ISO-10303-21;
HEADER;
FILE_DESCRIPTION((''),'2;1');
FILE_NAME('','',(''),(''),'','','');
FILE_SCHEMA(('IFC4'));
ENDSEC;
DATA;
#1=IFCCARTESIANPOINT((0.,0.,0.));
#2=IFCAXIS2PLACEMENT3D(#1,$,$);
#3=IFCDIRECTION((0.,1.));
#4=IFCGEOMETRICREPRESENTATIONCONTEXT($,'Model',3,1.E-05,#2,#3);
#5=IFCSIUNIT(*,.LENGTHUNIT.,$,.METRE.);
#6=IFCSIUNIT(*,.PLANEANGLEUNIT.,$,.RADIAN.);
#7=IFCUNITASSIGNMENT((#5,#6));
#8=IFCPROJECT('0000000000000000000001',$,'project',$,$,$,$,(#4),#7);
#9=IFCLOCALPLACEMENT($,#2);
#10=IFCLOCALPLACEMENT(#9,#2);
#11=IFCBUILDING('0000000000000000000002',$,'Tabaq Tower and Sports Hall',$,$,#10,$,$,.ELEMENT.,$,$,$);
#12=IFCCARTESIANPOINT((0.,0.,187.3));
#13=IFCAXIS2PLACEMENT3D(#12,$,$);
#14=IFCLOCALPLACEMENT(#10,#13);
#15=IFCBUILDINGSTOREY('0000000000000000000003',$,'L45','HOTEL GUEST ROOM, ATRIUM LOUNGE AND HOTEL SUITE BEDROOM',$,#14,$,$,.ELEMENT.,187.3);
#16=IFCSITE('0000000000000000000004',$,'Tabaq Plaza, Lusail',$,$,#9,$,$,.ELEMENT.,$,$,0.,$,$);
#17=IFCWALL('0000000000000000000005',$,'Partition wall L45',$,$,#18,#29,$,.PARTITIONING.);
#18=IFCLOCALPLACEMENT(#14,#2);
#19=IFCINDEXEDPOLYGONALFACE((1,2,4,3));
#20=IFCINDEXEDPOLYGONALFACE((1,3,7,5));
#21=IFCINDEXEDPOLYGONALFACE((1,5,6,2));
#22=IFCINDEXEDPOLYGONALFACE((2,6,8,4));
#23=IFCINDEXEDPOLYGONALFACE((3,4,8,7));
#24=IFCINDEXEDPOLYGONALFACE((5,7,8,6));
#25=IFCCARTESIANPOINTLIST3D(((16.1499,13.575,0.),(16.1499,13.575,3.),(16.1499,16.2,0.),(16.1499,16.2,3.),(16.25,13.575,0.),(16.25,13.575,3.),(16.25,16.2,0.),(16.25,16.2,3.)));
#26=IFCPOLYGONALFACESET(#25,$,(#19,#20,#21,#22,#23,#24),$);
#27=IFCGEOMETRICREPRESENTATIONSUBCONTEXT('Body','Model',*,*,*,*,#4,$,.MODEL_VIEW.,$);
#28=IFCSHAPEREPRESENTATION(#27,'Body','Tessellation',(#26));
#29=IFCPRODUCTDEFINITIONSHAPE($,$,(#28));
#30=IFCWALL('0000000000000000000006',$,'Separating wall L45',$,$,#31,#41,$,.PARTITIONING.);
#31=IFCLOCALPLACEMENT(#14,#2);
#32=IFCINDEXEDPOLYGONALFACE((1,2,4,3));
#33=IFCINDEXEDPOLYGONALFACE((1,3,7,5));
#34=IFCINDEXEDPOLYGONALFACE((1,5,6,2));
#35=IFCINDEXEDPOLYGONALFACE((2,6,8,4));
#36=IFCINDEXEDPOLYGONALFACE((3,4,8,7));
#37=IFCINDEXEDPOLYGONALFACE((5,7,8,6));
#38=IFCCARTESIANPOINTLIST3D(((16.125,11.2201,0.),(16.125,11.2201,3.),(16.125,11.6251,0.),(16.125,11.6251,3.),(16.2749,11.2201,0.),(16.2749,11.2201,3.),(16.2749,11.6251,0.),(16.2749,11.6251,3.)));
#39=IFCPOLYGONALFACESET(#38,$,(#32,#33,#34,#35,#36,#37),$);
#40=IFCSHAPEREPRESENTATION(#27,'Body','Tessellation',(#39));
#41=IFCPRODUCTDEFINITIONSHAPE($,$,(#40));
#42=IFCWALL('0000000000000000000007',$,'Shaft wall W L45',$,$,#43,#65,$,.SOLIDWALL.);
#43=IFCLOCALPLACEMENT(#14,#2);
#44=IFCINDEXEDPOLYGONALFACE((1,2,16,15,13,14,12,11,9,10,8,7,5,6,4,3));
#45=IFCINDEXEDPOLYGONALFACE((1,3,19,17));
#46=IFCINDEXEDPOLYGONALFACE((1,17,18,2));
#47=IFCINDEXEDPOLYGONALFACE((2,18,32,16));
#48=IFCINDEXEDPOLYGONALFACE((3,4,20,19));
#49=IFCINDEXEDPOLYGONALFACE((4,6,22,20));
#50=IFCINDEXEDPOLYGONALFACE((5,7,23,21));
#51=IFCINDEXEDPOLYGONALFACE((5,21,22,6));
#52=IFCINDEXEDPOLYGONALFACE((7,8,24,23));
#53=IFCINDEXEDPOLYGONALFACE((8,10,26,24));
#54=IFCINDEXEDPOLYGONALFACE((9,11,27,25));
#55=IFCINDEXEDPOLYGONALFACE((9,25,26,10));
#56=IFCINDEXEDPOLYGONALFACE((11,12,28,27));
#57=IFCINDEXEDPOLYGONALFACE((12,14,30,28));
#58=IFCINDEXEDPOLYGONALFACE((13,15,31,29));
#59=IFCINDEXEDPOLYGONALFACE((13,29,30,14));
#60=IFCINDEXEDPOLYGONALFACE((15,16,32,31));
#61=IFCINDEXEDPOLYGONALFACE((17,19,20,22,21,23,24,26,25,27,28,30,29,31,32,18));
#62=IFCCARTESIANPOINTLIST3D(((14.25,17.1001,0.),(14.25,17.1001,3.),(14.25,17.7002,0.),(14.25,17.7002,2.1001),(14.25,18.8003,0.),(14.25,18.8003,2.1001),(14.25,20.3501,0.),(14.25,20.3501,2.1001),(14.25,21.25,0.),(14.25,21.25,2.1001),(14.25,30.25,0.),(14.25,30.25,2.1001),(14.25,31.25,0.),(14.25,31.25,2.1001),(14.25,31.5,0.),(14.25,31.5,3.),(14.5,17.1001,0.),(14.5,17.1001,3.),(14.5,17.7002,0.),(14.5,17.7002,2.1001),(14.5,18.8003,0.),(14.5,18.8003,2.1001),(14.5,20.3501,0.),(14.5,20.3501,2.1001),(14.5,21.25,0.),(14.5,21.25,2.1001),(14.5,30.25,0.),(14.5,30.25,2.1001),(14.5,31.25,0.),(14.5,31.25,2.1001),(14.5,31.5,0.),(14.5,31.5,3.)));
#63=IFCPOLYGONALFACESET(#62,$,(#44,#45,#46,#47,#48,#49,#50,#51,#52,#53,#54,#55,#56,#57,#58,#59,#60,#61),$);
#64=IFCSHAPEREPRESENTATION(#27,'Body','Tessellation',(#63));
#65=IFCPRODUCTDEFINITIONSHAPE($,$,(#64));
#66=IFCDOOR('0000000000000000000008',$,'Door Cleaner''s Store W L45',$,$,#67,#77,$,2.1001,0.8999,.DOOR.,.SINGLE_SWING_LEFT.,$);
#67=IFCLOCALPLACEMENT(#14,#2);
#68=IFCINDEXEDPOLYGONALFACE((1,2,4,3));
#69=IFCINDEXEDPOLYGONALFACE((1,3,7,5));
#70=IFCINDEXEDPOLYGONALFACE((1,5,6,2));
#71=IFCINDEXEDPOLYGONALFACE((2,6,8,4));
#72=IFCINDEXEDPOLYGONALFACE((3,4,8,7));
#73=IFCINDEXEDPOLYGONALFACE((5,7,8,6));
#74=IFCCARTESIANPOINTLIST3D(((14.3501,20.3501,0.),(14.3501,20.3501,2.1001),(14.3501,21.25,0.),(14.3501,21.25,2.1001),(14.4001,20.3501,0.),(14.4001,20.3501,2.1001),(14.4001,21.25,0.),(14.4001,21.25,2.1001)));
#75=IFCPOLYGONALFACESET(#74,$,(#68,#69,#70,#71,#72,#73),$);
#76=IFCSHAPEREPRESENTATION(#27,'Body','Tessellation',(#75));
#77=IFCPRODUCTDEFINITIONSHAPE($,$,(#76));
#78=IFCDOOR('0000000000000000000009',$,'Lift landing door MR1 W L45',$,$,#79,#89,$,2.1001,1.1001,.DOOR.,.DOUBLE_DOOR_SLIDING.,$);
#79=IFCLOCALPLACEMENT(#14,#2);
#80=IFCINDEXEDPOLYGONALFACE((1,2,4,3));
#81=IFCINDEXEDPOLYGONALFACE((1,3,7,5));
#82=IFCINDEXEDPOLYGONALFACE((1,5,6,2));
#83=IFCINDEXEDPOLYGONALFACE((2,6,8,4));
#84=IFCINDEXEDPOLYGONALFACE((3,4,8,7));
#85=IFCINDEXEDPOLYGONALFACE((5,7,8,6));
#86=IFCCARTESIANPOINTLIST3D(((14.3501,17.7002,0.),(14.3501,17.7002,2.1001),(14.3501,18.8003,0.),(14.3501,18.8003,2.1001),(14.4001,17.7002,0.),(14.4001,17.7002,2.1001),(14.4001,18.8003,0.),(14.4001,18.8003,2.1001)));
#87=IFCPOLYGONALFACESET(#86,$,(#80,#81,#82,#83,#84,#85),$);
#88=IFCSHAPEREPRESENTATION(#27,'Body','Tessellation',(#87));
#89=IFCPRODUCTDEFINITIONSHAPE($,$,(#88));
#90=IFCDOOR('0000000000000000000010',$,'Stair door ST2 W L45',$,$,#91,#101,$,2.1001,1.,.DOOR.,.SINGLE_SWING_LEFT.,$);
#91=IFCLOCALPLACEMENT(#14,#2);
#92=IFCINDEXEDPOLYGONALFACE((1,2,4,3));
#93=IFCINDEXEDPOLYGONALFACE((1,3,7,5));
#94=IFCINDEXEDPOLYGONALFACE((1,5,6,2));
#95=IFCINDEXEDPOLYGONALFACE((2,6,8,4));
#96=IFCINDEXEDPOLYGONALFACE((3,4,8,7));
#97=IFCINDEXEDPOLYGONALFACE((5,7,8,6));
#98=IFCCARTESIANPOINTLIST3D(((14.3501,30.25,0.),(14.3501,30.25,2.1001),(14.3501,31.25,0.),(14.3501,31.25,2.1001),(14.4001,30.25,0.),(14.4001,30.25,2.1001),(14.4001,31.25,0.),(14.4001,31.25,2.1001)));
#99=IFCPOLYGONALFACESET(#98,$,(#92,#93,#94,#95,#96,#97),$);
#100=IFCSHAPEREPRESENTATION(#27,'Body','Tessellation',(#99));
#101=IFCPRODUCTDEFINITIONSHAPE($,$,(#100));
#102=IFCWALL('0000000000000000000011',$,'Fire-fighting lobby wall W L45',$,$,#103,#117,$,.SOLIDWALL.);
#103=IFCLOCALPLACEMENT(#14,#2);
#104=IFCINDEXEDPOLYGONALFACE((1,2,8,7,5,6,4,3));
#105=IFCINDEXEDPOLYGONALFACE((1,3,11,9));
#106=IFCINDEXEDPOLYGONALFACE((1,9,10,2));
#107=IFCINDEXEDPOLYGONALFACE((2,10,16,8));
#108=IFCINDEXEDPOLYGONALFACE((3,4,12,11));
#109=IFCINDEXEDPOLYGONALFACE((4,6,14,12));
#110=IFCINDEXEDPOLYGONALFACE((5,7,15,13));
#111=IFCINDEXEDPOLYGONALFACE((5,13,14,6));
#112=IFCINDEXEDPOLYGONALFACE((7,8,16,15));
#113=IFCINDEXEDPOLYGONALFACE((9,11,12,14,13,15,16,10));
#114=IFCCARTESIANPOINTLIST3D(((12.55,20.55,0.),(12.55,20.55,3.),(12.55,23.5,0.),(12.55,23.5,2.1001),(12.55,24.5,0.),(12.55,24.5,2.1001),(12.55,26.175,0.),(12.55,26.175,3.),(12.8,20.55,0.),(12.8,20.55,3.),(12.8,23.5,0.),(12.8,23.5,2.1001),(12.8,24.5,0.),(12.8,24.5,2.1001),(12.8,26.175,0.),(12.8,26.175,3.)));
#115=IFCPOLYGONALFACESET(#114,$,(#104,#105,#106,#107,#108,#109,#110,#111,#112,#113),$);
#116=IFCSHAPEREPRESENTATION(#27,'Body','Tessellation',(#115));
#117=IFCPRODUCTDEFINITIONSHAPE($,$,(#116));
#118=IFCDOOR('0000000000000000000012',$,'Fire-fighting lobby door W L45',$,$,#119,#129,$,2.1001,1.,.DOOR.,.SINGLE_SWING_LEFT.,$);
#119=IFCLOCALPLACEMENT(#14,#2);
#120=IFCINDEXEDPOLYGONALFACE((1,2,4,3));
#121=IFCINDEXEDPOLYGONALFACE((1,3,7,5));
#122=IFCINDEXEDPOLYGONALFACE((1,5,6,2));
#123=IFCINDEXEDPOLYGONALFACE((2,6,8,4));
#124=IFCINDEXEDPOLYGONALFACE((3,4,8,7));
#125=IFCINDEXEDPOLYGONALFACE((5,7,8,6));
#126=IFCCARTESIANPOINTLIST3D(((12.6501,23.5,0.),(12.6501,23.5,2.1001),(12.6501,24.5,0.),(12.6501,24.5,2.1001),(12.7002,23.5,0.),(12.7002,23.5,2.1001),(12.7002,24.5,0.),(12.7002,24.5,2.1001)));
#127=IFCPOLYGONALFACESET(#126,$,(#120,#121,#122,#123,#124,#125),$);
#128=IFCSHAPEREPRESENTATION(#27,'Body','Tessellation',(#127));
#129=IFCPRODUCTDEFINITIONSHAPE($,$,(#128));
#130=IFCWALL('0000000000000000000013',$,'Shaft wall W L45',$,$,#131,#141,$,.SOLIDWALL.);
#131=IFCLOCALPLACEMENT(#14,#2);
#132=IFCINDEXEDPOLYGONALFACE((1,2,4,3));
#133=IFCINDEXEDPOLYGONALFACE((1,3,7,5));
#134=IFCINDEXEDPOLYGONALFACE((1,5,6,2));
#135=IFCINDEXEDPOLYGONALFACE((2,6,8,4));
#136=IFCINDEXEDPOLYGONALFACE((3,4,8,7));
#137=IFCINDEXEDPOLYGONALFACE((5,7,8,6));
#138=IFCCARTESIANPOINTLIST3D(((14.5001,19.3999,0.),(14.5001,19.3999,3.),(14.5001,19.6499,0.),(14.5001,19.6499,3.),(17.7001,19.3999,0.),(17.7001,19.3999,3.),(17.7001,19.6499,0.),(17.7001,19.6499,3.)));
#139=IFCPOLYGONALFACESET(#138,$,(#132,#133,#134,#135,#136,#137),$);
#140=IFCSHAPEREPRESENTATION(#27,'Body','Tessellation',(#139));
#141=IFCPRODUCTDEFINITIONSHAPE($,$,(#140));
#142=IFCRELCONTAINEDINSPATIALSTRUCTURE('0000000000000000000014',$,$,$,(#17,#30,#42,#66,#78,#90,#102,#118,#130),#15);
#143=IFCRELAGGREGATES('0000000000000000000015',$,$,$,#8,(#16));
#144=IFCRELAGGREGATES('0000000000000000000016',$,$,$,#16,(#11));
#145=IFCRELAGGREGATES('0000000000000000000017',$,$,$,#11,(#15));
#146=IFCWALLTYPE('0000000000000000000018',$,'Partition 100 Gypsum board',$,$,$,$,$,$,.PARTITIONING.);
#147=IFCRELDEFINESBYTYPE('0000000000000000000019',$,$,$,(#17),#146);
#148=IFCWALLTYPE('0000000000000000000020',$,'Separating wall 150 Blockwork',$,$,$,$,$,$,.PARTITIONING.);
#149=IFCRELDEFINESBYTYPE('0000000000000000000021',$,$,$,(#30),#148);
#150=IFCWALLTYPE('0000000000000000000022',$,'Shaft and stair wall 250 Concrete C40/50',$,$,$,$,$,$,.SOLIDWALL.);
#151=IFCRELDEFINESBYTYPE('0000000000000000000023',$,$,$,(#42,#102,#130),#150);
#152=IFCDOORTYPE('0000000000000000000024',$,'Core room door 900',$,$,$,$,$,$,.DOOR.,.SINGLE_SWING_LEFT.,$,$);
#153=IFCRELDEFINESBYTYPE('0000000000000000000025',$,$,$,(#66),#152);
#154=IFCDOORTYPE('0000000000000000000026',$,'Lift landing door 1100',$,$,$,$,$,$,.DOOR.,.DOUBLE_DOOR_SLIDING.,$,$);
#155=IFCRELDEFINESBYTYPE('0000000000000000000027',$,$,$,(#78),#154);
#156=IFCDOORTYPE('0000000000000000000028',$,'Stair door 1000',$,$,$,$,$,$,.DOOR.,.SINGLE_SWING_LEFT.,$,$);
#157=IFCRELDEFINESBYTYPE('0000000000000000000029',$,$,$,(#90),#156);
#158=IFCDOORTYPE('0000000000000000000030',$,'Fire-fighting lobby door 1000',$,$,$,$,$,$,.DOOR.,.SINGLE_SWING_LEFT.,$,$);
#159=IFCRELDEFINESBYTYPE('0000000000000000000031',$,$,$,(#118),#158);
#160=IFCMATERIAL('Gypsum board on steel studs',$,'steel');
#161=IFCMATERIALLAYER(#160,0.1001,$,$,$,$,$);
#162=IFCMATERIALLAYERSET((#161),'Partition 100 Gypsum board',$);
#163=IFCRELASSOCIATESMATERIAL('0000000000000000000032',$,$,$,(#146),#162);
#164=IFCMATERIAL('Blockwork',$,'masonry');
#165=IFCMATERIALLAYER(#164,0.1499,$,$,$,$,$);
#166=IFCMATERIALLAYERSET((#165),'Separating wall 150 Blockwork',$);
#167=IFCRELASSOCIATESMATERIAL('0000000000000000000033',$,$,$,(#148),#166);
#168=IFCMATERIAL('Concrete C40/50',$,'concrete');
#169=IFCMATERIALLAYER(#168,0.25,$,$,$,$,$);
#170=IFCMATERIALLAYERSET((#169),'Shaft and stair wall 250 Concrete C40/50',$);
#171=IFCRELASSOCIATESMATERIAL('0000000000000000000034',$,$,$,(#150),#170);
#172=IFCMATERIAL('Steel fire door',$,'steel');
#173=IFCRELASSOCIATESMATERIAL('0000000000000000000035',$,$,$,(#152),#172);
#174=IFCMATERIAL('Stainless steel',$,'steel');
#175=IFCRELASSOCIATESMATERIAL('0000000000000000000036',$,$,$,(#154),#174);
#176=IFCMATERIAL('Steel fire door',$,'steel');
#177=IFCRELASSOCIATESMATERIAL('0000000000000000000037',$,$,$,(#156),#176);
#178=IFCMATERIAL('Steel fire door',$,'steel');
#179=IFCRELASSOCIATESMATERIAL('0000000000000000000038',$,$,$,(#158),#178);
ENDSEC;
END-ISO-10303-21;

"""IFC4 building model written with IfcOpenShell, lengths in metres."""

from ifc_helpers import new_model, si_unit, direction, frame, frame_2d, origin, place, context, subcontext, project, spatial, rectangle, extrude, material, layer, layer_set, type_object, element, fill, save


model = new_model("IFC4")

# Units and contexts
model_context = context("Model", 3, precision=1e-05, world=origin(), true_north=direction((0.0, 1.0)))
body_context = subcontext(model_context, "Body", "Model", "MODEL_VIEW")
ifc_project = project(units=[si_unit("LENGTHUNIT", "METRE"), si_unit("PLANEANGLEUNIT", "RADIAN")], contexts=[model_context])

# Site, building, storey
site_placement = place(None, origin())
site = spatial("IfcSite", under=ifc_project, at=site_placement, Name="Tabaq Plaza, Lusail", CompositionType="ELEMENT", RefElevation=0.0)
building_placement = place(site_placement, origin())
building = spatial("IfcBuilding", under=site, at=building_placement, Name="Tabaq Tower and Sports Hall", CompositionType="ELEMENT")
storey_placement = place(building_placement, frame((0.0, 0.0, 187.3)))
storey = spatial("IfcBuildingStorey", under=building, at=storey_placement, Name="L45", Description="HOTEL GUEST ROOM, ATRIUM LOUNGE AND HOTEL SUITE BEDROOM", CompositionType="ELEMENT", Elevation=187.3)

# Walls
ifc_material_1 = material(Name="Gypsum board on steel studs", Category="steel")
ifc_layer_1 = layer(ifc_material_1, 0.1001)
ifc_layer_set_1 = layer_set([ifc_layer_1], Name="Partition 100 Gypsum board")
wall_type_1 = type_object("IfcWallType", Name="Partition 100 Gypsum board", PredefinedType="PARTITIONING", material=ifc_layer_set_1)
wall_1_placement = place(storey_placement, frame((16.2, 16.2, 0.0), z_axis=(0.0, 0.0, 1.0), x_axis=(0.0, -1.0, 0.0)))
element("IfcWall", 1, at=wall_1_placement, inside=storey, type_object=wall_type_1, Name="Partition wall L45", PredefinedType="PARTITIONING", context=body_context, shape_type="SweptSolid", body=[
    extrude(rectangle(XDim=2.625, YDim=0.1001, at=frame_2d((1.3125, 0.0))), origin(), (0.0, 0.0, 1.0), 3.0),
])
ifc_material_2 = material(Name="Blockwork", Category="masonry")
ifc_layer_2 = layer(ifc_material_2, 0.1499)
ifc_layer_set_2 = layer_set([ifc_layer_2], Name="Separating wall 150 Blockwork")
wall_type_2 = type_object("IfcWallType", Name="Separating wall 150 Blockwork", PredefinedType="PARTITIONING", material=ifc_layer_set_2)
wall_2_placement = place(storey_placement, frame((16.2, 11.22, 0.0), z_axis=(0.0, 0.0, 1.0), x_axis=(0.0, 1.0, 0.0)))
element("IfcWall", 2, at=wall_2_placement, inside=storey, type_object=wall_type_2, Name="Separating wall L45", PredefinedType="PARTITIONING", context=body_context, shape_type="SweptSolid", body=[
    extrude(rectangle(XDim=0.405, YDim=0.1499, at=frame_2d((0.2026, 0.0))), origin(), (0.0, 0.0, 1.0), 3.0),
])

# Wall, openings, doors
ifc_material_3 = material(Name="Concrete C40/50", Category="concrete")
ifc_layer_3 = layer(ifc_material_3, 0.25)
ifc_layer_set_3 = layer_set([ifc_layer_3], Name="Shaft and stair wall 250 Concrete C40/50")
wall_type_3 = type_object("IfcWallType", Name="Shaft and stair wall 250 Concrete C40/50", PredefinedType="SOLIDWALL", material=ifc_layer_set_3)
wall_3_placement = place(storey_placement, frame((14.375, 17.1001, 0.0), z_axis=(0.0, 0.0, 1.0), x_axis=(0.0, 1.0, 0.0)))
wall_3 = element("IfcWall", 3, at=wall_3_placement, inside=storey, type_object=wall_type_3, Name="Shaft wall W L45", PredefinedType="SOLIDWALL", context=body_context, shape_type="SweptSolid", body=[
    extrude(rectangle(XDim=14.3999, YDim=0.25, at=frame_2d((7.2, 0.0))), origin(), (0.0, 0.0, 1.0), 3.0),
])
opening_1_placement = place(wall_3_placement, frame((13.1499, 0.0, 0.0)))
opening_1 = element("IfcOpeningElement", 4, at=opening_1_placement, cuts=wall_3, PredefinedType="OPENING", context=body_context, shape_type="SweptSolid", body=[
    extrude(rectangle(XDim=1.0, YDim=2.1001, at=frame_2d((0.5, 1.05))), frame((0.0, 0.125, 0.0), z_axis=(0.0, -1.0, 0.0), x_axis=(1.0, 0.0, 0.0)), (0.0, 0.0, 1.0), 0.25),
])
opening_2_placement = place(wall_3_placement, frame((0.6001, 0.0, 0.0)))
opening_2 = element("IfcOpeningElement", 5, at=opening_2_placement, cuts=wall_3, PredefinedType="OPENING", context=body_context, shape_type="SweptSolid", body=[
    extrude(rectangle(XDim=1.1001, YDim=2.1001, at=frame_2d((0.55, 1.05))), frame((0.0, 0.125, 0.0), z_axis=(0.0, -1.0, 0.0), x_axis=(1.0, 0.0, 0.0)), (0.0, 0.0, 1.0), 0.25),
])
opening_3_placement = place(wall_3_placement, frame((3.25, 0.0, 0.0)))
opening_3 = element("IfcOpeningElement", 6, at=opening_3_placement, cuts=wall_3, PredefinedType="OPENING", context=body_context, shape_type="SweptSolid", body=[
    extrude(rectangle(XDim=0.8999, YDim=2.1001, at=frame_2d((0.45, 1.05))), frame((0.0, 0.125, 0.0), z_axis=(0.0, -1.0, 0.0), x_axis=(1.0, 0.0, 0.0)), (0.0, 0.0, 1.0), 0.25),
])
ifc_material_4 = material(Name="Steel fire door", Category="steel")
door_type_1 = type_object("IfcDoorType", Name="Core room door 900", OperationType="SINGLE_SWING_LEFT", PredefinedType="DOOR", material=ifc_material_4)
door_1_placement = place(opening_3_placement, origin())
door_1 = element("IfcDoor", 7, at=door_1_placement, inside=storey, type_object=door_type_1, Name="Door Cleaner's Store W L45", OperationType="SINGLE_SWING_LEFT", OverallHeight=2.1001, OverallWidth=0.8999, PredefinedType="DOOR", context=body_context, shape_type="SweptSolid", body=[
    extrude(rectangle(XDim=0.8999, YDim=2.1001, at=frame_2d((0.45, 1.05))), frame((0.0, 0.0249, 0.0), z_axis=(0.0, -1.0, 0.0), x_axis=(1.0, 0.0, 0.0)), (0.0, 0.0, 1.0), 0.05),
])
fill(opening_3, door_1)
ifc_material_5 = material(Name="Stainless steel", Category="steel")
door_type_2 = type_object("IfcDoorType", Name="Lift landing door 1100", OperationType="DOUBLE_DOOR_SLIDING", PredefinedType="DOOR", material=ifc_material_5)
door_2_placement = place(opening_2_placement, origin())
door_2 = element("IfcDoor", 8, at=door_2_placement, inside=storey, type_object=door_type_2, Name="Lift landing door MR1 W L45", OperationType="DOUBLE_DOOR_SLIDING", OverallHeight=2.1001, OverallWidth=1.1001, PredefinedType="DOOR", context=body_context, shape_type="SweptSolid", body=[
    extrude(rectangle(XDim=1.1001, YDim=2.1001, at=frame_2d((0.55, 1.05))), frame((0.0, 0.0249, 0.0), z_axis=(0.0, -1.0, 0.0), x_axis=(1.0, 0.0, 0.0)), (0.0, 0.0, 1.0), 0.05),
])
fill(opening_2, door_2)
ifc_material_6 = material(Name="Steel fire door", Category="steel")
door_type_3 = type_object("IfcDoorType", Name="Stair door 1000", OperationType="SINGLE_SWING_LEFT", PredefinedType="DOOR", material=ifc_material_6)
door_3_placement = place(opening_1_placement, origin())
door_3 = element("IfcDoor", 9, at=door_3_placement, inside=storey, type_object=door_type_3, Name="Stair door ST2 W L45", OperationType="SINGLE_SWING_LEFT", OverallHeight=2.1001, OverallWidth=1.0, PredefinedType="DOOR", context=body_context, shape_type="SweptSolid", body=[
    extrude(rectangle(XDim=1.0, YDim=2.1001, at=frame_2d((0.5, 1.05))), frame((0.0, 0.0249, 0.0), z_axis=(0.0, -1.0, 0.0), x_axis=(1.0, 0.0, 0.0)), (0.0, 0.0, 1.0), 0.05),
])
fill(opening_1, door_3)

# Wall, opening, door
wall_4_placement = place(storey_placement, frame((12.675, 20.55, 0.0), z_axis=(0.0, 0.0, 1.0), x_axis=(0.0, 1.0, 0.0)))
wall_4 = element("IfcWall", 10, at=wall_4_placement, inside=storey, type_object=wall_type_3, Name="Fire-fighting lobby wall W L45", PredefinedType="SOLIDWALL", context=body_context, shape_type="SweptSolid", body=[
    extrude(rectangle(XDim=5.625, YDim=0.25, at=frame_2d((2.8125, 0.0))), origin(), (0.0, 0.0, 1.0), 3.0),
])
opening_4_placement = place(wall_4_placement, frame((2.95, 0.0, 0.0)))
opening_4 = element("IfcOpeningElement", 11, at=opening_4_placement, cuts=wall_4, PredefinedType="OPENING", context=body_context, shape_type="SweptSolid", body=[
    extrude(rectangle(XDim=1.0, YDim=2.1001, at=frame_2d((0.5, 1.05))), frame((0.0, 0.125, 0.0), z_axis=(0.0, -1.0, 0.0), x_axis=(1.0, 0.0, 0.0)), (0.0, 0.0, 1.0), 0.25),
])
ifc_material_7 = material(Name="Steel fire door", Category="steel")
door_type_4 = type_object("IfcDoorType", Name="Fire-fighting lobby door 1000", OperationType="SINGLE_SWING_LEFT", PredefinedType="DOOR", material=ifc_material_7)
door_4_placement = place(opening_4_placement, origin())
door_4 = element("IfcDoor", 12, at=door_4_placement, inside=storey, type_object=door_type_4, Name="Fire-fighting lobby door W L45", OperationType="SINGLE_SWING_LEFT", OverallHeight=2.1001, OverallWidth=1.0, PredefinedType="DOOR", context=body_context, shape_type="SweptSolid", body=[
    extrude(rectangle(XDim=1.0, YDim=2.1001, at=frame_2d((0.5, 1.05))), frame((0.0, 0.0249, 0.0), z_axis=(0.0, -1.0, 0.0), x_axis=(1.0, 0.0, 0.0)), (0.0, 0.0, 1.0), 0.05),
])
fill(opening_4, door_4)

# Wall
wall_5_placement = place(storey_placement, frame((14.5, 19.5249, 0.0), z_axis=(0.0, 0.0, 1.0), x_axis=(1.0, 0.0, 0.0)))
element("IfcWall", 13, at=wall_5_placement, inside=storey, type_object=wall_type_3, Name="Shaft wall W L45", PredefinedType="SOLIDWALL", context=body_context, shape_type="SweptSolid", body=[
    extrude(rectangle(XDim=3.2, YDim=0.25, at=frame_2d((1.6001, 0.0))), origin(), (0.0, 0.0, 1.0), 3.0),
])

save(model, "model.ifc")
